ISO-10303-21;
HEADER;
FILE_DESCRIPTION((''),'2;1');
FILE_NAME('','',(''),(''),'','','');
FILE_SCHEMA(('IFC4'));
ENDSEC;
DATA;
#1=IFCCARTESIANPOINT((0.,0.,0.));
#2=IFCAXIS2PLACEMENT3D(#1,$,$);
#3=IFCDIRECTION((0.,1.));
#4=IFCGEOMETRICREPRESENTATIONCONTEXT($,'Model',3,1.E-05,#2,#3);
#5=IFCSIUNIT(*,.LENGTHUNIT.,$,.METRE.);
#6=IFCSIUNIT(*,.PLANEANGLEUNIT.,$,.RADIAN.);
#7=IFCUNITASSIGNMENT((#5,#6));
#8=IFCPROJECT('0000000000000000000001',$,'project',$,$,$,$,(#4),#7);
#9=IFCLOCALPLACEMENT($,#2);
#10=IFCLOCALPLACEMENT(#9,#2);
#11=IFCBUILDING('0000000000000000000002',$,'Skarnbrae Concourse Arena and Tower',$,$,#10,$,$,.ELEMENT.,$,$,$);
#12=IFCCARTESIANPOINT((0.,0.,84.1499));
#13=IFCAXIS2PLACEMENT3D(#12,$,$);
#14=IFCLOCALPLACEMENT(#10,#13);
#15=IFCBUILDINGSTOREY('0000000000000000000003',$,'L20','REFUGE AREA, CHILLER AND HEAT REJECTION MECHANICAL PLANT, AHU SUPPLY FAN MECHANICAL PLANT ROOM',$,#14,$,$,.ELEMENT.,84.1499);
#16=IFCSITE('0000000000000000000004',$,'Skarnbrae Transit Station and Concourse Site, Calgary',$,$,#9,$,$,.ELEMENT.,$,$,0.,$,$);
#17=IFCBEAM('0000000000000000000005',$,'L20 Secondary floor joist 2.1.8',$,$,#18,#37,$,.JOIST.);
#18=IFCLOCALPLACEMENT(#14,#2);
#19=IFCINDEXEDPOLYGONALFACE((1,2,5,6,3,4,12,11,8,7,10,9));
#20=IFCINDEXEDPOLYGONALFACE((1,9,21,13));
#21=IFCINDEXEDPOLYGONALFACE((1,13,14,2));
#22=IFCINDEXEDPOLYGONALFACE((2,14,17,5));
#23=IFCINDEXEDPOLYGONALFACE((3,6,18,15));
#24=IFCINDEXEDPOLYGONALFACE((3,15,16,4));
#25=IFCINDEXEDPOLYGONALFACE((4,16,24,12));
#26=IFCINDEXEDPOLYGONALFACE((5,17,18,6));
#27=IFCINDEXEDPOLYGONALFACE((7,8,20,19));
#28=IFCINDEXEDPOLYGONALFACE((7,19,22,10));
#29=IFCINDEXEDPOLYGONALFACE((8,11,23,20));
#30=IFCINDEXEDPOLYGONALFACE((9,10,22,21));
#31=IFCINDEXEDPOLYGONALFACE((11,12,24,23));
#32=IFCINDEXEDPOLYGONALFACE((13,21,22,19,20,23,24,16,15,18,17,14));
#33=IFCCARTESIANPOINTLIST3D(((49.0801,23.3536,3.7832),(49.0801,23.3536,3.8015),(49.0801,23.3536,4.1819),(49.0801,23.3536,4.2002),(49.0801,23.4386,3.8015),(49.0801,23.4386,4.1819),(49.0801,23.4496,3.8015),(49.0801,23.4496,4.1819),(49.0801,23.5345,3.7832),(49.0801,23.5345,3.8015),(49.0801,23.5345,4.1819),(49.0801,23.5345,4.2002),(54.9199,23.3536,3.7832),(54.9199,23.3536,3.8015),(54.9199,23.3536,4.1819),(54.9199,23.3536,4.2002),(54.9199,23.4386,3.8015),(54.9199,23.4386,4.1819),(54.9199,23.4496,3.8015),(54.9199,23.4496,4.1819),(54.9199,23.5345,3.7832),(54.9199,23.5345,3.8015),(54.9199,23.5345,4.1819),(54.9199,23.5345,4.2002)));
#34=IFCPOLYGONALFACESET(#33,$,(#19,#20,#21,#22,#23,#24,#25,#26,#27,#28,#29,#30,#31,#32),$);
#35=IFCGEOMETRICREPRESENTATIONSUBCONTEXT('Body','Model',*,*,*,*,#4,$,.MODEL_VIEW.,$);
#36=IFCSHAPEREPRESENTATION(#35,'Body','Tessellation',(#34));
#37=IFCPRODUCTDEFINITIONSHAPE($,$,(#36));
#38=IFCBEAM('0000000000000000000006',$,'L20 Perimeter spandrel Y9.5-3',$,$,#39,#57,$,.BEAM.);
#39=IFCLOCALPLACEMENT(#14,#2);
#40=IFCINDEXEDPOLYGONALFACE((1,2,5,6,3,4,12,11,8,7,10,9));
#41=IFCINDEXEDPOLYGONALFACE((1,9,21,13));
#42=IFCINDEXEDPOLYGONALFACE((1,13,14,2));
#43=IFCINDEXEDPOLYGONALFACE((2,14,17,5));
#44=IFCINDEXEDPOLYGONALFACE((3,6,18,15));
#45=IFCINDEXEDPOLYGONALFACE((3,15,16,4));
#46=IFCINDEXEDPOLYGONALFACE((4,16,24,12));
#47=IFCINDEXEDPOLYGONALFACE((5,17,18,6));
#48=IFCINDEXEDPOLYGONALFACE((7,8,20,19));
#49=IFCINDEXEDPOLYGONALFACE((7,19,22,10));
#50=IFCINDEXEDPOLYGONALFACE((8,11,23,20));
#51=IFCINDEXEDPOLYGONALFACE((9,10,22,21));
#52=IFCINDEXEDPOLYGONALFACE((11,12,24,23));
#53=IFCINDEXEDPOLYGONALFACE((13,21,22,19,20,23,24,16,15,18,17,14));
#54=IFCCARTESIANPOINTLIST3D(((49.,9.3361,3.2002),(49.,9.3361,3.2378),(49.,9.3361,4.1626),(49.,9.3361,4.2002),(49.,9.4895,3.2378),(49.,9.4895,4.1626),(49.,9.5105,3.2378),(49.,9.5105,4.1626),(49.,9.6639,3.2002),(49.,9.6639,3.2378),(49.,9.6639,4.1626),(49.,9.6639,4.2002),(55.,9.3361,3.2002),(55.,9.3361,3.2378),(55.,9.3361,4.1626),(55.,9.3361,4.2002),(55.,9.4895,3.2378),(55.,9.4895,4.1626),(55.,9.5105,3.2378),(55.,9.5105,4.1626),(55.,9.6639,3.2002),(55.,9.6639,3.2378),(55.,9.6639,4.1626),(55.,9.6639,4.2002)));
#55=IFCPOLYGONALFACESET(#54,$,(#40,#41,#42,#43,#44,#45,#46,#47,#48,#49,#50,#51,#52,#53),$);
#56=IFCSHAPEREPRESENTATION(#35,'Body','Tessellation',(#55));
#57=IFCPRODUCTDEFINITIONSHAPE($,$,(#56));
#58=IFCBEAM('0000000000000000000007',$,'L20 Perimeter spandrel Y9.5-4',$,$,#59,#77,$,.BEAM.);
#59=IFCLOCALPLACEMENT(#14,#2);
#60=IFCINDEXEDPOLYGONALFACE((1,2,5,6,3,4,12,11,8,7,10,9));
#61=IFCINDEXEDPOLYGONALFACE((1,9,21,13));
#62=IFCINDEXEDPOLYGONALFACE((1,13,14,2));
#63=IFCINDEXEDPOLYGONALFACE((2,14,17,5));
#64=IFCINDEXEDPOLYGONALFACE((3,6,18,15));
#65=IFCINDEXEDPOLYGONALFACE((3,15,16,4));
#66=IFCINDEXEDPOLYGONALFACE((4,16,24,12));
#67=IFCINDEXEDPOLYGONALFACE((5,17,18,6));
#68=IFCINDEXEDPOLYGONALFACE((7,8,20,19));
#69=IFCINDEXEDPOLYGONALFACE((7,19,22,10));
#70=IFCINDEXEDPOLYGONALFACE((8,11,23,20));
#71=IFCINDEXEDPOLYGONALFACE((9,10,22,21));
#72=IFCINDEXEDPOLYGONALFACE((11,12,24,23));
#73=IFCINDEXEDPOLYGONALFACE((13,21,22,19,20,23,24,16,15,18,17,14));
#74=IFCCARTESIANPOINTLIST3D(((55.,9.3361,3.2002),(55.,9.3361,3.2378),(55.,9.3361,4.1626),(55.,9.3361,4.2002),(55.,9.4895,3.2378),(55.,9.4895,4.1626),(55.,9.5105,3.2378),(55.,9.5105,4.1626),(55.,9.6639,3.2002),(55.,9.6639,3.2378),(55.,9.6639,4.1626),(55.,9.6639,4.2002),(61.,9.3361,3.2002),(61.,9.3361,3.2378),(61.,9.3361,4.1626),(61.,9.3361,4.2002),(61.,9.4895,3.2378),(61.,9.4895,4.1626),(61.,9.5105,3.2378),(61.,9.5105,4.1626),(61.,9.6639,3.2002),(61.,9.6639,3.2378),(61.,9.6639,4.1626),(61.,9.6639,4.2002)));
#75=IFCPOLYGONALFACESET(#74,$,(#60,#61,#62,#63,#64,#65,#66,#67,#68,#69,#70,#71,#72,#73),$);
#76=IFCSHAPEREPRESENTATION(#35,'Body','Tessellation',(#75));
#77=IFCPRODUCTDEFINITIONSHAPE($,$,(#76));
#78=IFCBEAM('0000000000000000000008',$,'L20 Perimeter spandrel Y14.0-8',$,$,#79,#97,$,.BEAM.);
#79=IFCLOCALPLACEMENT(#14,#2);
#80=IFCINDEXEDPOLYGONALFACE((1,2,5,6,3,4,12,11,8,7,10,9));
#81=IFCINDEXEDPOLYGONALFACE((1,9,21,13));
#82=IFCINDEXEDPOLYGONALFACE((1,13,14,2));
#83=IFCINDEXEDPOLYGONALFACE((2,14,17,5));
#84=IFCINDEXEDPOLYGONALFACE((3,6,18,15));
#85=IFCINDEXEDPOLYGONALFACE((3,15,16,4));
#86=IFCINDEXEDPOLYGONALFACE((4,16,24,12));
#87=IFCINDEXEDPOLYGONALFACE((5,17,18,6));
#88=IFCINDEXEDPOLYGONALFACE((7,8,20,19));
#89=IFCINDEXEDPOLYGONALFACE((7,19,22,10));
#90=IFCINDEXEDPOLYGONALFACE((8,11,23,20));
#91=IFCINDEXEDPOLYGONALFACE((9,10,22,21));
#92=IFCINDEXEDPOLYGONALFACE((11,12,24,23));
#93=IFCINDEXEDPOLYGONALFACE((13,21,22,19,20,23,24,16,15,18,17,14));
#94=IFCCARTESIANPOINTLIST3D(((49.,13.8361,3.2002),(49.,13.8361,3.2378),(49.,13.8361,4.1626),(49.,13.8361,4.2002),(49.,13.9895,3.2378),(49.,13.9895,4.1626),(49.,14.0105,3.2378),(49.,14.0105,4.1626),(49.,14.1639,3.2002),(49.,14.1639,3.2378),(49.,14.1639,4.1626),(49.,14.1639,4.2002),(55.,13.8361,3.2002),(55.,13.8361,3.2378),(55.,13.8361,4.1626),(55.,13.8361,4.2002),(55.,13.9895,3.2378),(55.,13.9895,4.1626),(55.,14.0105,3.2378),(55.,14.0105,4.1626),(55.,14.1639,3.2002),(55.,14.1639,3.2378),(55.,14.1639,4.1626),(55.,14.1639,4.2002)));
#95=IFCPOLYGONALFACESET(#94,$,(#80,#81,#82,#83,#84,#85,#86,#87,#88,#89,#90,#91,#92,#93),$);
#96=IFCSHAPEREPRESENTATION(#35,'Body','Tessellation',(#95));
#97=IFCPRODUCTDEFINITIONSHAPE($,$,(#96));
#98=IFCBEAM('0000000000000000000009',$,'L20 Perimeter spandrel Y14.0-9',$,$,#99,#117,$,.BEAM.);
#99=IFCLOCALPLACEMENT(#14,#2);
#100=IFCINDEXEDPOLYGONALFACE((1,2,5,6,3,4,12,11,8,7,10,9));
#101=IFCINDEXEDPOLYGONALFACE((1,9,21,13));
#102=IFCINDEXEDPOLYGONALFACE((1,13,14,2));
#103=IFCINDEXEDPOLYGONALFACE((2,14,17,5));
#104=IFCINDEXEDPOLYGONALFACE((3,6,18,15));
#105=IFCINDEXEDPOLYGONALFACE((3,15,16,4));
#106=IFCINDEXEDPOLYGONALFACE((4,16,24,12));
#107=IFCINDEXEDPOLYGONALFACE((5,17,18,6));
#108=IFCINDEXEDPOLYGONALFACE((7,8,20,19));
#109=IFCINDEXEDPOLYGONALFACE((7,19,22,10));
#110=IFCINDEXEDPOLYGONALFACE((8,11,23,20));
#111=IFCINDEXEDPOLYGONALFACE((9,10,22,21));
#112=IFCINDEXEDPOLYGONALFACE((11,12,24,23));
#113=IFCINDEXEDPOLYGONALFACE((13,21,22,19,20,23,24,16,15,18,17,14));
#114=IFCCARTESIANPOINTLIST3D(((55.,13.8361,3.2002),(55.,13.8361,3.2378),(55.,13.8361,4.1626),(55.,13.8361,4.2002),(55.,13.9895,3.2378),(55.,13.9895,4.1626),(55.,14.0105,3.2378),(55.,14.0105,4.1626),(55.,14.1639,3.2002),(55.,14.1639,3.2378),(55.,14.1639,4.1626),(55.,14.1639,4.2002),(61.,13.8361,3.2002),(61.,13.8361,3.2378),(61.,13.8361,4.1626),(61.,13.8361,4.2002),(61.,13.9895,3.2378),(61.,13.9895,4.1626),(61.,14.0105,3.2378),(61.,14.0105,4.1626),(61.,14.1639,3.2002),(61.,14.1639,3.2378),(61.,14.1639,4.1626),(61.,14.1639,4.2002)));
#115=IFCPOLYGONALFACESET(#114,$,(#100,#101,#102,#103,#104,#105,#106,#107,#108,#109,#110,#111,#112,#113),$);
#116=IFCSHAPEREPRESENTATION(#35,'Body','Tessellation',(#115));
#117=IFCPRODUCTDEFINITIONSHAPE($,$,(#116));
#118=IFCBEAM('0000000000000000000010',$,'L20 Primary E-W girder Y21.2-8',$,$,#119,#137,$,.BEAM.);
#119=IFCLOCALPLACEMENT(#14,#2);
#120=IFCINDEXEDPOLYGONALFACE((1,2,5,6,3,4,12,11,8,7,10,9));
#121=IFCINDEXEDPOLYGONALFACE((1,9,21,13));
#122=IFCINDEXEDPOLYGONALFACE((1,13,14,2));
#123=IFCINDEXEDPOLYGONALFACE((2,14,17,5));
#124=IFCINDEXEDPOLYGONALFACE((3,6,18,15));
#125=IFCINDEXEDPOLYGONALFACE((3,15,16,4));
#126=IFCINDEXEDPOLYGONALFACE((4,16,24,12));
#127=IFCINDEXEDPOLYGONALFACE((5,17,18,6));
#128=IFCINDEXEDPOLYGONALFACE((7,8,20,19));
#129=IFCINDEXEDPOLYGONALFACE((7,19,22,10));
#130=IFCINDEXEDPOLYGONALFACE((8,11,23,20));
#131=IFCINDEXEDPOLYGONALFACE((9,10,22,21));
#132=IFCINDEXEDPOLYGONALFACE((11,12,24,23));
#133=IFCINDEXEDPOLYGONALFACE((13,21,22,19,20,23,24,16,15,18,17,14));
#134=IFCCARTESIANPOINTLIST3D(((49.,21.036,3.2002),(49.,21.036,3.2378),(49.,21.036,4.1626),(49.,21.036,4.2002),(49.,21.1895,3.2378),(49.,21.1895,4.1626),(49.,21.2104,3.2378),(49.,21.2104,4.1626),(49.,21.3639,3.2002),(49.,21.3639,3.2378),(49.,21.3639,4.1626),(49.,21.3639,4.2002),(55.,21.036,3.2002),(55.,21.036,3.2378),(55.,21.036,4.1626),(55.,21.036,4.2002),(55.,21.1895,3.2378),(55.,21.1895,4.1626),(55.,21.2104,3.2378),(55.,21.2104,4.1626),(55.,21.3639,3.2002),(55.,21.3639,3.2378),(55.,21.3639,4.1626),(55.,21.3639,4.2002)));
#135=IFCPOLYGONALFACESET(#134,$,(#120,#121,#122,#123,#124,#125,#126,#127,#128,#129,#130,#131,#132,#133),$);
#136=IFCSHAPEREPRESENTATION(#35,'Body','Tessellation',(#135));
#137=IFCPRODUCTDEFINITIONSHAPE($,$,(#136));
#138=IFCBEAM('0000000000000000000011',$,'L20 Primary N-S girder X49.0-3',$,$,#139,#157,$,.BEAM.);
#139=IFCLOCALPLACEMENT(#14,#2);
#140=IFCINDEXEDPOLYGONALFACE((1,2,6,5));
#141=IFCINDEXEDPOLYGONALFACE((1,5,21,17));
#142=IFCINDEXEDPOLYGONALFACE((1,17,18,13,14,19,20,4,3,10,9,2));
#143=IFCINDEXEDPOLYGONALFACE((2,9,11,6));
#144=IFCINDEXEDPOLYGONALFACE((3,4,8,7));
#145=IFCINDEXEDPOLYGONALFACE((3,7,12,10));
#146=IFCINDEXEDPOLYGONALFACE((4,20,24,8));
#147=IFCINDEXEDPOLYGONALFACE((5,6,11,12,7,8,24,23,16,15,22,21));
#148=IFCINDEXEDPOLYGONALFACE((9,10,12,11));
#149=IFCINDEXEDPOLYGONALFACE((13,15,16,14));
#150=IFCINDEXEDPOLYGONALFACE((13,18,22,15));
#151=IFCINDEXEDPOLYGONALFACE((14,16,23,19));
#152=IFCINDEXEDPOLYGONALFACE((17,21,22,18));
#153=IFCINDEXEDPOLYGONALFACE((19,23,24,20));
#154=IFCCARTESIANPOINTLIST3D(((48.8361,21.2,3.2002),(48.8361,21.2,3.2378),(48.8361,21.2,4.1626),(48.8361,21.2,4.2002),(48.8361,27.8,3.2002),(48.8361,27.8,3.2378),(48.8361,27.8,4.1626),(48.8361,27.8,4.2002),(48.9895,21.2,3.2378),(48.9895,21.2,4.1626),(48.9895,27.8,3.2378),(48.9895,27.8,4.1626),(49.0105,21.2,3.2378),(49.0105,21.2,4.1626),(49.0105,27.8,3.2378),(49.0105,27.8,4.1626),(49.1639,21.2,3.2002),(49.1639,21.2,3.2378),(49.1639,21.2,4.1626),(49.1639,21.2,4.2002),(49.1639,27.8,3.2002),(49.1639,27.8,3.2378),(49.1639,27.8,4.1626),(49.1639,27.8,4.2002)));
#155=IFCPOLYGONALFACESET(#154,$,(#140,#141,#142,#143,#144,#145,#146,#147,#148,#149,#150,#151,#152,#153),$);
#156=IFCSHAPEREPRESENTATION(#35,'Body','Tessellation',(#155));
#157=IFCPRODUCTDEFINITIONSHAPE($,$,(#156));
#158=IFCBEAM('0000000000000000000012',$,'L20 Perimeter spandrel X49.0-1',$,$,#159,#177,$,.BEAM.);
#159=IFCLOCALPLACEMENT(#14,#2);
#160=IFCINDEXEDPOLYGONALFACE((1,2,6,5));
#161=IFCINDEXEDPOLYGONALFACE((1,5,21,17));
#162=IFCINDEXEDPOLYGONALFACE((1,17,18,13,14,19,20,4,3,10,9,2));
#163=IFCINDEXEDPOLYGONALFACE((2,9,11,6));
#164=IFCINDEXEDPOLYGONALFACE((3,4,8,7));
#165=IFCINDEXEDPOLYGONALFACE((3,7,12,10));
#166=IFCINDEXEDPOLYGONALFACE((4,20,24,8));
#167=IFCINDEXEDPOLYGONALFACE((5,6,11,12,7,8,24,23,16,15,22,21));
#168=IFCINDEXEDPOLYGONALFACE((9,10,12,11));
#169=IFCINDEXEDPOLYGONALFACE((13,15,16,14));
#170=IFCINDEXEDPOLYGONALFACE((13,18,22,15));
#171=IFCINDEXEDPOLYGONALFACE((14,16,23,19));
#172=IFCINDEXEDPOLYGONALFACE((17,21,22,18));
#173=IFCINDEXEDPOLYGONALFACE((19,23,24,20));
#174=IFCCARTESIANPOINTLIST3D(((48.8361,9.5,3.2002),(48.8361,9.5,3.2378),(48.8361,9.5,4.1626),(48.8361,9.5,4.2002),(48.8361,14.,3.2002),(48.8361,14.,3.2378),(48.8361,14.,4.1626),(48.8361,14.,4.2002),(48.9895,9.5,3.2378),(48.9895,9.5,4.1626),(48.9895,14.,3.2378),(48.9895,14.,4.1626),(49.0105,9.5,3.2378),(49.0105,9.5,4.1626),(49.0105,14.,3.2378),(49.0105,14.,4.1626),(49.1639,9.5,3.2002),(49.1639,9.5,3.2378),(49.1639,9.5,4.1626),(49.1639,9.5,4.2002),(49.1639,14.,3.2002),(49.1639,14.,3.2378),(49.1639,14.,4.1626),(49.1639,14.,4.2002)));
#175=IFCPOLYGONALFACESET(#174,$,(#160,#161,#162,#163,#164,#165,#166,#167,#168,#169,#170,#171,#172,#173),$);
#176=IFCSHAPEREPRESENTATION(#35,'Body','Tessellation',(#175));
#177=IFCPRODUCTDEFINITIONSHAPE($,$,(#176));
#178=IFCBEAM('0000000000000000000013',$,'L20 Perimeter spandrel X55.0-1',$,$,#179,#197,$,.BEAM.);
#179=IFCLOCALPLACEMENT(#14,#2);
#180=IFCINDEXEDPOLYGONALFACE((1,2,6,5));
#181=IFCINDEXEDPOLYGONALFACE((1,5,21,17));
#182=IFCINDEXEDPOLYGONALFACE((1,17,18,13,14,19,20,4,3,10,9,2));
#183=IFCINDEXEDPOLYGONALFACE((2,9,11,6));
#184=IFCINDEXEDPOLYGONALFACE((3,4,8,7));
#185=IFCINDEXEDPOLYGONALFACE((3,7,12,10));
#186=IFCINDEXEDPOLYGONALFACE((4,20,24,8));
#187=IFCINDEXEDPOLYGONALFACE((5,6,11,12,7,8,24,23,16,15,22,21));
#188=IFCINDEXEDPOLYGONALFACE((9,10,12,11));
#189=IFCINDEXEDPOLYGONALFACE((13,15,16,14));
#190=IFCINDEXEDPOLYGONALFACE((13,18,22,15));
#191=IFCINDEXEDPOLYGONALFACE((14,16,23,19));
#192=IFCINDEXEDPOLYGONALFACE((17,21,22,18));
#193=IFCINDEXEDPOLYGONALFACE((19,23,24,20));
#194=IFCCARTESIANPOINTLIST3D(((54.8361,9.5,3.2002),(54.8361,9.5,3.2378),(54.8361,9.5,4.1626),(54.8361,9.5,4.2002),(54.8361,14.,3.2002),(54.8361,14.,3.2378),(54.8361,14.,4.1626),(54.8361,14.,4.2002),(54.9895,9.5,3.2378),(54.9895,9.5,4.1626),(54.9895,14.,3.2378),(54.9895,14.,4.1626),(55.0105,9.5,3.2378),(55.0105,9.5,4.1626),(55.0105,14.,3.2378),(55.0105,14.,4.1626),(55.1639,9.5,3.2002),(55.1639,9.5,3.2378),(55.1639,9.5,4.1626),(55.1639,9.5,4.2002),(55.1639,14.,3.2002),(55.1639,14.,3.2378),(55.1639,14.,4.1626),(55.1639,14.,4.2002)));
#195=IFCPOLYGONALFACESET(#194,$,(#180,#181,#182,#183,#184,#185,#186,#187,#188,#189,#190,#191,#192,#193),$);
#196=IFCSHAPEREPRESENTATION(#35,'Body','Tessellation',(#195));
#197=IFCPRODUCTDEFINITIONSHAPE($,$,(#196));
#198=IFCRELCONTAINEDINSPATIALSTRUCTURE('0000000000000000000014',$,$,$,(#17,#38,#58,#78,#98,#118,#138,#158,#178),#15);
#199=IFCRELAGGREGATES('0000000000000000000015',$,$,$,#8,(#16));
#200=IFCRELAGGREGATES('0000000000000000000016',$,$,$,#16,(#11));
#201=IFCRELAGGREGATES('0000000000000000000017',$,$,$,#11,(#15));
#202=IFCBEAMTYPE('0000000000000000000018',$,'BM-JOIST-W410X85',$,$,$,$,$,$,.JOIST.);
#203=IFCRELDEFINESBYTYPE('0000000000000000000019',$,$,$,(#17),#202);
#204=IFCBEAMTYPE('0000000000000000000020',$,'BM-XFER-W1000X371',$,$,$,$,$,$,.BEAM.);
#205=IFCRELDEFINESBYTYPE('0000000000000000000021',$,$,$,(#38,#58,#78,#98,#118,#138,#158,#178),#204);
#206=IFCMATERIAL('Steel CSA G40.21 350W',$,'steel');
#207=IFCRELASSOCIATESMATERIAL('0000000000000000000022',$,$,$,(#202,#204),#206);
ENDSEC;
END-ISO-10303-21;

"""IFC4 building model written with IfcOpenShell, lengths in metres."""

from ifc_helpers import new_model, si_unit, direction, frame, origin, origin_2d, place, context, subcontext, project, spatial, i_section, extrude, source, transform, mapped, material, material_profile, profile_set, type_object, element, save


model = new_model("IFC4")

# Units and contexts
model_context = context("Model", 3, precision=1e-05, world=origin(), true_north=direction((0.0, 1.0)))
body_context = subcontext(model_context, "Body", "Model", "MODEL_VIEW")
ifc_project = project(units=[si_unit("LENGTHUNIT", "METRE"), si_unit("PLANEANGLEUNIT", "RADIAN")], contexts=[model_context])

# Site, building, storey
site_placement = place(None, origin())
site = spatial("IfcSite", under=ifc_project, at=site_placement, Name="Skarnbrae Transit Station and Concourse Site, Calgary", CompositionType="ELEMENT", RefElevation=0.0)
building_placement = place(site_placement, origin())
building = spatial("IfcBuilding", under=site, at=building_placement, Name="Skarnbrae Concourse Arena and Tower", CompositionType="ELEMENT")
storey_placement = place(building_placement, frame((0.0, 0.0, 84.1499)))
storey = spatial("IfcBuildingStorey", under=building, at=storey_placement, Name="L20", Description="REFUGE AREA, CHILLER AND HEAT REJECTION MECHANICAL PLANT, AHU SUPPLY FAN MECHANICAL PLANT ROOM", CompositionType="ELEMENT", Elevation=84.1499)

# Shared definitions
ifc_material_1 = material(Name="Steel CSA G40.21 350W", Category="steel")

# Beams
ifc_material_profile_1 = material_profile(ifc_material_1, i_section(OverallWidth=0.1809, OverallDepth=0.417, WebThickness=0.011, FlangeThickness=0.0183, at=origin_2d()), Name="W410X85")
ifc_profile_set_1 = profile_set([ifc_material_profile_1], Name="Steel CSA G40.21 350W")
beam_type_1 = type_object("IfcBeamType", Name="BM-JOIST-W410X85", PredefinedType="JOIST", material=ifc_profile_set_1)
shared_shape_1 = source(origin(), body_context, "Body", "SweptSolid", [
    extrude(i_section(OverallWidth=0.1809, OverallDepth=0.417, WebThickness=0.011, FlangeThickness=0.0183, at=origin_2d()), origin(), (0.0, 0.0, 1.0), 5.8398),
])
for number, where, z_axis, x_axis, name in (
    (1, (49.0801, 23.4441, 3.9917), (1.0, 0.0, 0.0), (0.0, 1.0, 0.0), "L20 Secondary floor joist 2.1.8"),
):
    element("IfcBeam", number, at=place(storey_placement, frame(where, z_axis=z_axis, x_axis=x_axis)), inside=storey, type_object=beam_type_1, Name=name, PredefinedType="JOIST", context=body_context, shape_type="MappedRepresentation", body=[
        mapped(shared_shape_1, transform((0.0, 0.0, 0.0))),
    ])
ifc_material_profile_2 = material_profile(ifc_material_1, i_section(OverallWidth=0.3279, OverallDepth=1.0, WebThickness=0.021, FlangeThickness=0.0376, at=origin_2d()), Name="W1000X371")
ifc_profile_set_2 = profile_set([ifc_material_profile_2], Name="Steel CSA G40.21 350W")
beam_type_2 = type_object("IfcBeamType", Name="BM-XFER-W1000X371", PredefinedType="BEAM", material=ifc_profile_set_2)
shared_shape_2 = source(origin(), body_context, "Body", "SweptSolid", [
    extrude(i_section(OverallWidth=0.3279, OverallDepth=1.0, WebThickness=0.021, FlangeThickness=0.0376, at=origin_2d()), origin(), (0.0, 0.0, 1.0), 6.0),
])
for number, where, z_axis, x_axis, name in (
    (2, (49.0, 9.5, 3.7002), (1.0, 0.0, 0.0), (0.0, 1.0, 0.0), "L20 Perimeter spandrel Y9.5-3"),
    (3, (55.0, 9.5, 3.7002), (1.0, 0.0, 0.0), (0.0, 1.0, 0.0), "L20 Perimeter spandrel Y9.5-4"),
    (4, (49.0, 14.0, 3.7002), (1.0, 0.0, 0.0), (0.0, 1.0, 0.0), "L20 Perimeter spandrel Y14.0-8"),
    (5, (55.0, 14.0, 3.7002), (1.0, 0.0, 0.0), (0.0, 1.0, 0.0), "L20 Perimeter spandrel Y14.0-9"),
    (6, (49.0, 21.2, 3.7002), (1.0, 0.0, 0.0), (0.0, 1.0, 0.0), "L20 Primary E-W girder Y21.2-8"),
):
    element("IfcBeam", number, at=place(storey_placement, frame(where, z_axis=z_axis, x_axis=x_axis)), inside=storey, type_object=beam_type_2, Name=name, PredefinedType="BEAM", context=body_context, shape_type="MappedRepresentation", body=[
        mapped(shared_shape_2, transform((0.0, 0.0, 0.0))),
    ])
shared_shape_3 = source(origin(), body_context, "Body", "SweptSolid", [
    extrude(i_section(OverallWidth=0.3279, OverallDepth=1.0, WebThickness=0.021, FlangeThickness=0.0376, at=origin_2d()), origin(), (0.0, 0.0, 1.0), 6.6001),
])
beam_1_placement = place(storey_placement, frame((49.0, 21.2, 3.7002), z_axis=(0.0, 1.0, 0.0), x_axis=(-1.0, 0.0, 0.0)))
element("IfcBeam", 7, at=beam_1_placement, inside=storey, type_object=beam_type_2, Name="L20 Primary N-S girder X49.0-3", PredefinedType="BEAM", context=body_context, shape_type="MappedRepresentation", body=[
    mapped(shared_shape_3, transform((0.0, 0.0, 0.0))),
])
shared_shape_4 = source(origin(), body_context, "Body", "SweptSolid", [
    extrude(i_section(OverallWidth=0.3279, OverallDepth=1.0, WebThickness=0.021, FlangeThickness=0.0376, at=origin_2d()), origin(), (0.0, 0.0, 1.0), 4.5),
])
for number, where, z_axis, x_axis, name in (
    (8, (49.0, 9.5, 3.7002), (0.0, 1.0, 0.0), (-1.0, 0.0, 0.0), "L20 Perimeter spandrel X49.0-1"),
    (9, (55.0, 9.5, 3.7002), (0.0, 1.0, 0.0), (-1.0, 0.0, 0.0), "L20 Perimeter spandrel X55.0-1"),
):
    element("IfcBeam", number, at=place(storey_placement, frame(where, z_axis=z_axis, x_axis=x_axis)), inside=storey, type_object=beam_type_2, Name=name, PredefinedType="BEAM", context=body_context, shape_type="MappedRepresentation", body=[
        mapped(shared_shape_4, transform((0.0, 0.0, 0.0))),
    ])

save(model, "model.ifc")
